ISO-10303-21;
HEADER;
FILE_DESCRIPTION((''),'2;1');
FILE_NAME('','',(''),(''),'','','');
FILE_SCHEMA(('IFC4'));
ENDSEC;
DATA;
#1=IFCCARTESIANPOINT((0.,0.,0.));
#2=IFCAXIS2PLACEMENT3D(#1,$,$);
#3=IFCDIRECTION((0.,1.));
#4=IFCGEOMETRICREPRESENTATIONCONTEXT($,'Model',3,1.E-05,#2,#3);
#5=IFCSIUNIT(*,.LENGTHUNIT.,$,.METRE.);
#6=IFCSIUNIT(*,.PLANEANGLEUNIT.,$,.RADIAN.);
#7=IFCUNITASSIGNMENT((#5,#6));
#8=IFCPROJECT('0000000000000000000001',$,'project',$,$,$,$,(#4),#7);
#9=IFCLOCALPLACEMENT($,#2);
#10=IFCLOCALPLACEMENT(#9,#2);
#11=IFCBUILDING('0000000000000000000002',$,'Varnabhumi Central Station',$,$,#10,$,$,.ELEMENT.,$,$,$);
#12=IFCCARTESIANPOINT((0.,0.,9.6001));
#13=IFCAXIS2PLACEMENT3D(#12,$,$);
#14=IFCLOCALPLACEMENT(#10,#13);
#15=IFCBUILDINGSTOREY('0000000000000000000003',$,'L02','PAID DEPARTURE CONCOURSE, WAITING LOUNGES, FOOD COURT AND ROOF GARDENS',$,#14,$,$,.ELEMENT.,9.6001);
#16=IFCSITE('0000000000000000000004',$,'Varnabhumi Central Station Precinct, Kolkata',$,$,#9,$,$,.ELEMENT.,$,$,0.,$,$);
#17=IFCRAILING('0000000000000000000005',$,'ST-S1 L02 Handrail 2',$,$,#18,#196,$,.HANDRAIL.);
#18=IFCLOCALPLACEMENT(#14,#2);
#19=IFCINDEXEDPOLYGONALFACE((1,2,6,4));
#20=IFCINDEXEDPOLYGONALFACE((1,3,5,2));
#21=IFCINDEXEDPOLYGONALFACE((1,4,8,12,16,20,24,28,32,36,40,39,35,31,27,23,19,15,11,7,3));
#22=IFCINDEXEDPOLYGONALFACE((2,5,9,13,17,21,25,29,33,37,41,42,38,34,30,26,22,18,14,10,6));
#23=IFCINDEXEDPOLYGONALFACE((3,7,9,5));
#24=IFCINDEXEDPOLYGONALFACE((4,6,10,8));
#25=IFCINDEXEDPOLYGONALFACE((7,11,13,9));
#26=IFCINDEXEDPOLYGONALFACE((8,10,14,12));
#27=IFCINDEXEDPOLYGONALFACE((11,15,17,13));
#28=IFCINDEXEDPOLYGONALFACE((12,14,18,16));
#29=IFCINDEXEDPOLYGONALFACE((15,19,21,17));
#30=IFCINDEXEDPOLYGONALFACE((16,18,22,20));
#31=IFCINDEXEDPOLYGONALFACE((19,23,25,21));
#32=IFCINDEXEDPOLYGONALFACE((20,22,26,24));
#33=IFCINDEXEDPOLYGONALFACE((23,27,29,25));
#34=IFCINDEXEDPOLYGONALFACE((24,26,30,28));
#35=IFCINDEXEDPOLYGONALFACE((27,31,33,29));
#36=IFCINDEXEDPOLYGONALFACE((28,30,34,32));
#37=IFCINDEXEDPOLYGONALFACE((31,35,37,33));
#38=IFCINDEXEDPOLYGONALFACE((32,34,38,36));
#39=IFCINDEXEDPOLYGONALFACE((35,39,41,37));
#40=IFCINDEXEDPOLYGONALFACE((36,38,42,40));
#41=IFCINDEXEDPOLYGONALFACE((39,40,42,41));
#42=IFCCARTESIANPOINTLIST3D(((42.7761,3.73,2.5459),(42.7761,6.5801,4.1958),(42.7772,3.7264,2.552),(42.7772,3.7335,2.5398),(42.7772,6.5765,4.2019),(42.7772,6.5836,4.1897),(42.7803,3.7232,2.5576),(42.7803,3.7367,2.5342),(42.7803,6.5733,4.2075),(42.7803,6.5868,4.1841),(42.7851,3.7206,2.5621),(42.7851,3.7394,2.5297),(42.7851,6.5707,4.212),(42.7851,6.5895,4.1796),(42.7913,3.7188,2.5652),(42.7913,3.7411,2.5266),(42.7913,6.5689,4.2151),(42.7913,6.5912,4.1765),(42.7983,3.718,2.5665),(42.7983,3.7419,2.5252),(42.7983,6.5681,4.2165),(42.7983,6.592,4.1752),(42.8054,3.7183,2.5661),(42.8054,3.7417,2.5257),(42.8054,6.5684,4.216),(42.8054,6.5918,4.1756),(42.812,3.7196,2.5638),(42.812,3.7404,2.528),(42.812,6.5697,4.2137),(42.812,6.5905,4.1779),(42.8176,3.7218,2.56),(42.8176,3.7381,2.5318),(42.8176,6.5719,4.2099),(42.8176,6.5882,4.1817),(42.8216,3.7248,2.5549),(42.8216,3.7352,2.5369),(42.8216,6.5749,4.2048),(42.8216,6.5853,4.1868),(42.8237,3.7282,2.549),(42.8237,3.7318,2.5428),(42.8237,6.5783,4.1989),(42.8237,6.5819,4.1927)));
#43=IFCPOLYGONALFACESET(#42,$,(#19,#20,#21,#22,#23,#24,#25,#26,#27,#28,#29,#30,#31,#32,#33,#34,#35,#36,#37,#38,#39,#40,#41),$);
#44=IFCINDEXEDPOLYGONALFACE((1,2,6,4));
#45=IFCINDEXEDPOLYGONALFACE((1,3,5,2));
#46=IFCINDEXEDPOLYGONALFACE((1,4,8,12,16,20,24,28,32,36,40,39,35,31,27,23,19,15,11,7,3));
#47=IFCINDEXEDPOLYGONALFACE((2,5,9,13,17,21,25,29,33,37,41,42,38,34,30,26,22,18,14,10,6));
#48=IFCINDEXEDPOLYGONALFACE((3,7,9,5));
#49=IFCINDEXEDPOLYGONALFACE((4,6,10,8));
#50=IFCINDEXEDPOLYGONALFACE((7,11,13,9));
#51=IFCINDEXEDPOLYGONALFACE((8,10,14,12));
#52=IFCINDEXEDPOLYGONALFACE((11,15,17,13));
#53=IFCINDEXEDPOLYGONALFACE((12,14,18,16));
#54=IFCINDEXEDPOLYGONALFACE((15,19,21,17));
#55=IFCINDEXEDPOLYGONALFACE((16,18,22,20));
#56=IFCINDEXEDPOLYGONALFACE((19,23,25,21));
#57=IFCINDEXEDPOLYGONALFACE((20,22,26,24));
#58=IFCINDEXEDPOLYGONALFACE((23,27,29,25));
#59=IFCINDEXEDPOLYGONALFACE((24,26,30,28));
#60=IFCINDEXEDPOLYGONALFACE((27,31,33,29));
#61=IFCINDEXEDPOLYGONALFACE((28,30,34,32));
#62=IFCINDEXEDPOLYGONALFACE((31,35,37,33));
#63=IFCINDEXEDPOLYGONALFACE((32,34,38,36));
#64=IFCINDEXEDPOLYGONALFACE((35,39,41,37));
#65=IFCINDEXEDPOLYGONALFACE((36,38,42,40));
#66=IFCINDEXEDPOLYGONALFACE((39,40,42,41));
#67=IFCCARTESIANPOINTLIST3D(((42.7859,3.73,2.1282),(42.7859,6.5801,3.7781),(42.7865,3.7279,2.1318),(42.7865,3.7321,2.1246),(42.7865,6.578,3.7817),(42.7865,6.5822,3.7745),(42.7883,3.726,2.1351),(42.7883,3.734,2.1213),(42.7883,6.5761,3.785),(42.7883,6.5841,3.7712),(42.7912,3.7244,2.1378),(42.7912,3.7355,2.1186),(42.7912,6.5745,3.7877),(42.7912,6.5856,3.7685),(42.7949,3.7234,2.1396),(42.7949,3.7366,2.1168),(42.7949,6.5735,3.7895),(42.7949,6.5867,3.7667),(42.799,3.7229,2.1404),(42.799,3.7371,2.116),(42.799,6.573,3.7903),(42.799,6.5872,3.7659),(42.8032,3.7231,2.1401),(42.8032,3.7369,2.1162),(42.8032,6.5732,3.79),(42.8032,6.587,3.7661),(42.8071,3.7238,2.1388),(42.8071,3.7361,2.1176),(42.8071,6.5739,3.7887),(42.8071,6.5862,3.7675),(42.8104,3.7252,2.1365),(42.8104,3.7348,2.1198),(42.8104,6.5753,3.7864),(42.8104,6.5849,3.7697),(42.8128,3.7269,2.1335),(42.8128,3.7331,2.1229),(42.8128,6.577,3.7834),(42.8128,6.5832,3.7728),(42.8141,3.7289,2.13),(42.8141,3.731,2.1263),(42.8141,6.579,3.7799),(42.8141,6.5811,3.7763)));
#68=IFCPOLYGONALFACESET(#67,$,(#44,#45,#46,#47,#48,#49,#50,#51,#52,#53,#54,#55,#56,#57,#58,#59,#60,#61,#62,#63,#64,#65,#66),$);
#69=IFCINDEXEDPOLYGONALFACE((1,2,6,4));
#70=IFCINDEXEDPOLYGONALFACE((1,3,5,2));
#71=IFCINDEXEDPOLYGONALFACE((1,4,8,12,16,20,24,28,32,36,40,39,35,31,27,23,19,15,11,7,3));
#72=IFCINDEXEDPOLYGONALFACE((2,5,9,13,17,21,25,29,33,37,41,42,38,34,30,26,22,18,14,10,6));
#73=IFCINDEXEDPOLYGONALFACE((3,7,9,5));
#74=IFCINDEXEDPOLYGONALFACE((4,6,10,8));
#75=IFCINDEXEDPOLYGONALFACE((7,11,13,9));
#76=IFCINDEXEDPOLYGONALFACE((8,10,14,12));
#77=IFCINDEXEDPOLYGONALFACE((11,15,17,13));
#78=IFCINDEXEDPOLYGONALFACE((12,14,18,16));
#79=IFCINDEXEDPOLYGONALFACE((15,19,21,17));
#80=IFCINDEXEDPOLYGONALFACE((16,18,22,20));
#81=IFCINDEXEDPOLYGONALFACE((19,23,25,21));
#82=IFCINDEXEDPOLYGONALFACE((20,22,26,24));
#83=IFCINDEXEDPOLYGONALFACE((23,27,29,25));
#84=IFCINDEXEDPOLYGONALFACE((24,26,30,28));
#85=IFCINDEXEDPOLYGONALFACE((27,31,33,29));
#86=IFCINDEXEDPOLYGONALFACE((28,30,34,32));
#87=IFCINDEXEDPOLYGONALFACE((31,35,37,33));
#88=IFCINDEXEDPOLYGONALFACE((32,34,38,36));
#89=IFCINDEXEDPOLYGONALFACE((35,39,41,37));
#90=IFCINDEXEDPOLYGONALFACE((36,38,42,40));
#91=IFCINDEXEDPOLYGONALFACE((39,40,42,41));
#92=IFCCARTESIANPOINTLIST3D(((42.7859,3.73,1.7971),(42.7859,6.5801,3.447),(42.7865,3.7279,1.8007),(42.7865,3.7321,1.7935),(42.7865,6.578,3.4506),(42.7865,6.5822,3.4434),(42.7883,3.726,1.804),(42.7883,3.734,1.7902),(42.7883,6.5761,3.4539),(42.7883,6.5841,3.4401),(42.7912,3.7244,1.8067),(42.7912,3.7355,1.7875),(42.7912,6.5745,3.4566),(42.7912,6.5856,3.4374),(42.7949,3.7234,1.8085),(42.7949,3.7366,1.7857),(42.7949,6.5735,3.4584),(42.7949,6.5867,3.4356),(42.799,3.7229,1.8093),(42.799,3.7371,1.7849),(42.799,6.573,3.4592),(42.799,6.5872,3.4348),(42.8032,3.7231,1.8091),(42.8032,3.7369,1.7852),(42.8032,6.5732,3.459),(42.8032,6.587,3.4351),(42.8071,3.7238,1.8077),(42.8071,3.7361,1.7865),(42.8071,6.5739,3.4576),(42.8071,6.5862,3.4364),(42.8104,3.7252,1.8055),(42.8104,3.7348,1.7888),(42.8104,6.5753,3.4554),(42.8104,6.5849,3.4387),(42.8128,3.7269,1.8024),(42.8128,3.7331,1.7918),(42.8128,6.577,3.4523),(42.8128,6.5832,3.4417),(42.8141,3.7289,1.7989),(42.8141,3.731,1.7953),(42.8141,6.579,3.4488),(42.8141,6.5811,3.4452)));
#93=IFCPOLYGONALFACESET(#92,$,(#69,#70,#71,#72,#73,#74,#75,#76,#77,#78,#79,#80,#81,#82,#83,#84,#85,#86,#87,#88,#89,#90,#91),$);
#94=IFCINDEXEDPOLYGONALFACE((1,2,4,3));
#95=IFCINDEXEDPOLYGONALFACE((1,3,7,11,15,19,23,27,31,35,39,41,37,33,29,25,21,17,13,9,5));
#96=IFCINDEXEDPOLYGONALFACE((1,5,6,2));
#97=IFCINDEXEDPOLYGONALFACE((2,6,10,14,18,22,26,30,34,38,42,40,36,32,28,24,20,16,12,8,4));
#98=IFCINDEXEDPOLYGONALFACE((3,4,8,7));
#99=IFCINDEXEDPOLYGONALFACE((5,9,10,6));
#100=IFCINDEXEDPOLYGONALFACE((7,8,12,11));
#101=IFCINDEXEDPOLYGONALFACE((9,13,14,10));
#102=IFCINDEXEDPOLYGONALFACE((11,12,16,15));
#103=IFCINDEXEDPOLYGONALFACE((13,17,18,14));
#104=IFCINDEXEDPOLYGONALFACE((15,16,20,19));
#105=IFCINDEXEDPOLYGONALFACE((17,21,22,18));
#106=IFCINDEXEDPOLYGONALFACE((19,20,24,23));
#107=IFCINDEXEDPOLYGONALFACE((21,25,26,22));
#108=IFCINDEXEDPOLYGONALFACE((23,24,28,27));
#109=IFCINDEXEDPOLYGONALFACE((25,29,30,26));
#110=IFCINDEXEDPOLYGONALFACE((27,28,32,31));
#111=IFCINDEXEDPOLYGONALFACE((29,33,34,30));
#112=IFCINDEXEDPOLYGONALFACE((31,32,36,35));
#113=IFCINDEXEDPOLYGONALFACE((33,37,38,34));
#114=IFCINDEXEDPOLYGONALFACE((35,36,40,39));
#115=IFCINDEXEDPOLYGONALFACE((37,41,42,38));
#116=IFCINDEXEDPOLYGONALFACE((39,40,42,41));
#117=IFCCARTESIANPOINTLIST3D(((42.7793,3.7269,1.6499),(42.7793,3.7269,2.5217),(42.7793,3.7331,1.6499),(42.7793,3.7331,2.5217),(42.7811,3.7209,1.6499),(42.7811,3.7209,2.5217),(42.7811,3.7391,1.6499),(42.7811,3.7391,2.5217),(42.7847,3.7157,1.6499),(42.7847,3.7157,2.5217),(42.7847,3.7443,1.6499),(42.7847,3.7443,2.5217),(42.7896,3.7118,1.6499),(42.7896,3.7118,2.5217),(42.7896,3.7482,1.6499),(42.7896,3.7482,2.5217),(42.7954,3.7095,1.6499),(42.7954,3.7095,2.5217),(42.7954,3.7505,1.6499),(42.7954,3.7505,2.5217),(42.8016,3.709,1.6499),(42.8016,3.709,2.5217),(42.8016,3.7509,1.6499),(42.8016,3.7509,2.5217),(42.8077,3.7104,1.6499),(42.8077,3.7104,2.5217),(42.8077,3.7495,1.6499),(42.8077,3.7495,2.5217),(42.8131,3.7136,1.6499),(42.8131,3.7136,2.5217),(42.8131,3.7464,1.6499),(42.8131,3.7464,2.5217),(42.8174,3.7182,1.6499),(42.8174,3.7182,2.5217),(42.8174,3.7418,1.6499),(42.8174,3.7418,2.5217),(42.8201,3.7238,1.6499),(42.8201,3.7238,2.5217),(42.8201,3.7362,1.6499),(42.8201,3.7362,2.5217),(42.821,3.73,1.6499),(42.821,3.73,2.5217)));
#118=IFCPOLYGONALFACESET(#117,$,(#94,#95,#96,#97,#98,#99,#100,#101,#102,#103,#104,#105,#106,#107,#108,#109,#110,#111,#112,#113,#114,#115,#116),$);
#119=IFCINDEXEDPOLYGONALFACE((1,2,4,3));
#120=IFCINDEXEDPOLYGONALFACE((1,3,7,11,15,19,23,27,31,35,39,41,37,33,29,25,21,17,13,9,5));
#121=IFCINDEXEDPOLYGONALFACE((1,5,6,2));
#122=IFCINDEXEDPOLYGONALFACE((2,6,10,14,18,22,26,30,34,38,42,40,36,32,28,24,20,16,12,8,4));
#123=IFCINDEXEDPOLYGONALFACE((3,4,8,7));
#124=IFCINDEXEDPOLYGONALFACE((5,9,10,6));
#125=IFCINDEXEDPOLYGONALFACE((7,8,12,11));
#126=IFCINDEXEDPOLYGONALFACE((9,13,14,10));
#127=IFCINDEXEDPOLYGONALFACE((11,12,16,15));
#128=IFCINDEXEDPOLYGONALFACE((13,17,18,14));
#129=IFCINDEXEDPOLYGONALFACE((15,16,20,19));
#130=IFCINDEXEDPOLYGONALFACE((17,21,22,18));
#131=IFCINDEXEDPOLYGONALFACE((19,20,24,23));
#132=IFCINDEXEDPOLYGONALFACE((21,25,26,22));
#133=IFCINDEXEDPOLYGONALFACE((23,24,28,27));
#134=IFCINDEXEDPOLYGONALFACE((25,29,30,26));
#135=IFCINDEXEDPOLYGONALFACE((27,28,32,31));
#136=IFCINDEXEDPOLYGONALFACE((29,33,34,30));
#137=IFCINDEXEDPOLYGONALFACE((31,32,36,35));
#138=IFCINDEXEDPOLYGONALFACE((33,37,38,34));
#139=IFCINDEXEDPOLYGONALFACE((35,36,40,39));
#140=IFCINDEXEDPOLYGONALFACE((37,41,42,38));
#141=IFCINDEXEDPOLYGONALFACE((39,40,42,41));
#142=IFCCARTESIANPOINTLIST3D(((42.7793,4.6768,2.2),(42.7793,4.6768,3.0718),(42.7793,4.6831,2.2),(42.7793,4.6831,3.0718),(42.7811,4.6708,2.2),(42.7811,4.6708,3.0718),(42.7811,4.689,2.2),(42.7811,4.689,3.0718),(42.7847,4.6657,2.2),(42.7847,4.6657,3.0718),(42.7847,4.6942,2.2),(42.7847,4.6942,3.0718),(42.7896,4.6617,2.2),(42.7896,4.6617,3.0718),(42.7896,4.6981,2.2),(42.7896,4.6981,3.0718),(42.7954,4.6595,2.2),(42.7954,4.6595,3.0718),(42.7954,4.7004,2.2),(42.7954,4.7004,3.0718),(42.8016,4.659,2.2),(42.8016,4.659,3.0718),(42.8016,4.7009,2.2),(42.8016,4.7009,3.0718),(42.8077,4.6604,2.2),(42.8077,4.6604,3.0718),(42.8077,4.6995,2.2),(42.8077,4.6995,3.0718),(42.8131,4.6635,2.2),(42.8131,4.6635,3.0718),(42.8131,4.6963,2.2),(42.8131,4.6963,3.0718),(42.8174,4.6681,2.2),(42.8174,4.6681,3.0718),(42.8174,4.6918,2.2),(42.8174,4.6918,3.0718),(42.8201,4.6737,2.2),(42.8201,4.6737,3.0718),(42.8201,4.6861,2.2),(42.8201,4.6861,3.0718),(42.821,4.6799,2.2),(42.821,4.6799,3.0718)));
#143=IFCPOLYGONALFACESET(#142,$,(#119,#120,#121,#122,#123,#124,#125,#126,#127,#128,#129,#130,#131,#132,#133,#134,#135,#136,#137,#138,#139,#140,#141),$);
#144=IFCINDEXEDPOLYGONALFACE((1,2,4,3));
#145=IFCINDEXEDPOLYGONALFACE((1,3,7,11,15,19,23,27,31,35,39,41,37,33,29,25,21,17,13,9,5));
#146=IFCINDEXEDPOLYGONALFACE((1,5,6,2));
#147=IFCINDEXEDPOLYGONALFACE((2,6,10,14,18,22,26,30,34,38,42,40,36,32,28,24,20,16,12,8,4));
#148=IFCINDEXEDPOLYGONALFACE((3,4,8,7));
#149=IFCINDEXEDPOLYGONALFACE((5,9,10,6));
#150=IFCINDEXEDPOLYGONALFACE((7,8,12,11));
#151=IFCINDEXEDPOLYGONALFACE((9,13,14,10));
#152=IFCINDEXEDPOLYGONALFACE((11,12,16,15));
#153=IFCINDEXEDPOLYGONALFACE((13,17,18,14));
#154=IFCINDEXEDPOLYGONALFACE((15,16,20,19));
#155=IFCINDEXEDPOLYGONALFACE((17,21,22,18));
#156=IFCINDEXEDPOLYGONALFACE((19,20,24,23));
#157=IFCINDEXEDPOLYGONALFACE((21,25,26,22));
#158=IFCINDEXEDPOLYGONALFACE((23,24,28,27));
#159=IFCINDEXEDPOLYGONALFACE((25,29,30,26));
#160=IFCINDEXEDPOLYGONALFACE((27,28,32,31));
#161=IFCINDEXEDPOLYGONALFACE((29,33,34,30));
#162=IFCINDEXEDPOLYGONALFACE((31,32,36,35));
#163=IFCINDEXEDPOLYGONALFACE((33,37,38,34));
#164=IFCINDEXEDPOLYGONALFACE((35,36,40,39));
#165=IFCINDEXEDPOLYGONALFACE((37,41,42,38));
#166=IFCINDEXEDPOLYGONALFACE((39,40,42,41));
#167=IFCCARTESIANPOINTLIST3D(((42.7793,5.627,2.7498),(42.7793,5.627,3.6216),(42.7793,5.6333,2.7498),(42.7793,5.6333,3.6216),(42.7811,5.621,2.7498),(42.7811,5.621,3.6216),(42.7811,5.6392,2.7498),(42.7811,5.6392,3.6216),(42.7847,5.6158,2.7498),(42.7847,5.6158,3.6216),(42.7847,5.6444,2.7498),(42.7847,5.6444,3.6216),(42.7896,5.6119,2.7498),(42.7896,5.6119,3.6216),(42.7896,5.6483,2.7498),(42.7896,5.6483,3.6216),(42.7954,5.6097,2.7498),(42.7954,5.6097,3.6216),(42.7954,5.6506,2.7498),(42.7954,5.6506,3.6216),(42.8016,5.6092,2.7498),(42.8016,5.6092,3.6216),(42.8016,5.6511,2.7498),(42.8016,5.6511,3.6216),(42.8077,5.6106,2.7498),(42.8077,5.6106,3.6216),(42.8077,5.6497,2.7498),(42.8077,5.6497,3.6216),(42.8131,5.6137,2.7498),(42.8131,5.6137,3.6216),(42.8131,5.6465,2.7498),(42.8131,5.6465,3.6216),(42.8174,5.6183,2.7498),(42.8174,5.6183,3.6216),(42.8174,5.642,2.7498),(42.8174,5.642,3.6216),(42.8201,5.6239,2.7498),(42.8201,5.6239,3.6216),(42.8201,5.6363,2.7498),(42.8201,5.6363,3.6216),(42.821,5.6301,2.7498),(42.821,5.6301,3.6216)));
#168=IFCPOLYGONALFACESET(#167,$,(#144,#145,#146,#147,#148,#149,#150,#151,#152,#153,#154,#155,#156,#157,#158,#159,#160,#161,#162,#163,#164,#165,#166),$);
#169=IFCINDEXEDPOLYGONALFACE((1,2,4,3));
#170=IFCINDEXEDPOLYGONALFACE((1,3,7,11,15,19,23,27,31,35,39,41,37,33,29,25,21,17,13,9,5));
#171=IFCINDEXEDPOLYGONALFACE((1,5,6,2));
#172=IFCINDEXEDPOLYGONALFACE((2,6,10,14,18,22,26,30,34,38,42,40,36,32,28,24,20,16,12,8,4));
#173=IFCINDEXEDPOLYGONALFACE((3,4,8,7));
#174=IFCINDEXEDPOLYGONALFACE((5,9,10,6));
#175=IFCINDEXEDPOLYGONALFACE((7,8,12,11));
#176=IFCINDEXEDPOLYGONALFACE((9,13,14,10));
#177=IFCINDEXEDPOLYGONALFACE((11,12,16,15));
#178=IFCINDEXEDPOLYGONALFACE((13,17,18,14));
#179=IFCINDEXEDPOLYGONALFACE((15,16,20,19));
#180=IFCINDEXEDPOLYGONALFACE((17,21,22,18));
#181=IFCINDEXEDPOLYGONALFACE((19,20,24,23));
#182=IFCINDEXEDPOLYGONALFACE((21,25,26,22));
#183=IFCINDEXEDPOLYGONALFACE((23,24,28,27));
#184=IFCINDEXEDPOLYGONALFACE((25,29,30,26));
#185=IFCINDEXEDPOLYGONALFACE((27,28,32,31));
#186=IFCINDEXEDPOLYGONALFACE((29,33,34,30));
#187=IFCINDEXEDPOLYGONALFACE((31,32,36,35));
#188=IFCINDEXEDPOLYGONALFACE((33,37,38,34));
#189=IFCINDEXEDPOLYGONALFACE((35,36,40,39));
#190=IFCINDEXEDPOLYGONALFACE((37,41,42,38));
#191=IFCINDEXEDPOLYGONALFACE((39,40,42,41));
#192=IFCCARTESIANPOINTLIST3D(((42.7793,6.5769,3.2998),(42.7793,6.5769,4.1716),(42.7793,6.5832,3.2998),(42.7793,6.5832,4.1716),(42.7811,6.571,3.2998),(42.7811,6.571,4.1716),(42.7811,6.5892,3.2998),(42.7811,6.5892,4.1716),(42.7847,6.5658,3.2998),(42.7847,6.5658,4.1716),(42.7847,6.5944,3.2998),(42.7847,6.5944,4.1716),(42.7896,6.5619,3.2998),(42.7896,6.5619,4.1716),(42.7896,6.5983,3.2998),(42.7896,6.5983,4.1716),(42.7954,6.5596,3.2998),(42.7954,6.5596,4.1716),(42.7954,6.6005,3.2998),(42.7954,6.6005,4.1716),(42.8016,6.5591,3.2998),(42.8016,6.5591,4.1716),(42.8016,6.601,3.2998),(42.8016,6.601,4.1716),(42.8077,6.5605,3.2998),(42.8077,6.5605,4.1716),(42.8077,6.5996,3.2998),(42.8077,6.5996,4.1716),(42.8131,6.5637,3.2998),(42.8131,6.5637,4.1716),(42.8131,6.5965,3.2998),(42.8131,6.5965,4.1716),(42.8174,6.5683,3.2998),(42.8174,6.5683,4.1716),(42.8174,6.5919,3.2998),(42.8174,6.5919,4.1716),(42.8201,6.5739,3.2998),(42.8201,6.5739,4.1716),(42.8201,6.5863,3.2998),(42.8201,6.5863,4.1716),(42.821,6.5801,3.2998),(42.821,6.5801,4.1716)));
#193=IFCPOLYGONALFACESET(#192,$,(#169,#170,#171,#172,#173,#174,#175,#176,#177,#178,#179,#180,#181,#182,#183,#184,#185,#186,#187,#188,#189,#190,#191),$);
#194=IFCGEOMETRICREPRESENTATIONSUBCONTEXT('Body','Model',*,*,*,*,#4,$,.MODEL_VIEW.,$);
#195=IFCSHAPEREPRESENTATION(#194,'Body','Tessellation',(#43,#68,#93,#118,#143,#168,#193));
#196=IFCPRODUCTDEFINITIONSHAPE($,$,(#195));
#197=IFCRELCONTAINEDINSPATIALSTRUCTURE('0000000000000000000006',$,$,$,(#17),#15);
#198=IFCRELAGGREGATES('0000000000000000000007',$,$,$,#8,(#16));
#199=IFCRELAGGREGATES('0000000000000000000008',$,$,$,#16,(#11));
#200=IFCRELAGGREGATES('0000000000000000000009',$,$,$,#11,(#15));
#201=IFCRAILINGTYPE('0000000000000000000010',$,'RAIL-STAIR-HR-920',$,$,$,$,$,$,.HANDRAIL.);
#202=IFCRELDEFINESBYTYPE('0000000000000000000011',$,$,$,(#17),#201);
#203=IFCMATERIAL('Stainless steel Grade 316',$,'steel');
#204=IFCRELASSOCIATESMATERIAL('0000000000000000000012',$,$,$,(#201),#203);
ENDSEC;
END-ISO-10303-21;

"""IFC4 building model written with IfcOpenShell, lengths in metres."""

from ifc_helpers import new_model, si_unit, direction, frame, origin, origin_2d, place, context, subcontext, project, spatial, circle, extrude, material, type_object, element, save


model = new_model("IFC4")

# Units and contexts
model_context = context("Model", 3, precision=1e-05, world=origin(), true_north=direction((0.0, 1.0)))
body_context = subcontext(model_context, "Body", "Model", "MODEL_VIEW")
ifc_project = project(units=[si_unit("LENGTHUNIT", "METRE"), si_unit("PLANEANGLEUNIT", "RADIAN")], contexts=[model_context])

# Site, building, storey
site_placement = place(None, origin())
site = spatial("IfcSite", under=ifc_project, at=site_placement, Name="Varnabhumi Central Station Precinct, Kolkata", CompositionType="ELEMENT", RefElevation=0.0)
building_placement = place(site_placement, origin())
building = spatial("IfcBuilding", under=site, at=building_placement, Name="Varnabhumi Central Station", CompositionType="ELEMENT")
storey_placement = place(building_placement, frame((0.0, 0.0, 9.6001)))
storey = spatial("IfcBuildingStorey", under=building, at=storey_placement, Name="L02", Description="PAID DEPARTURE CONCOURSE, WAITING LOUNGES, FOOD COURT AND ROOF GARDENS", CompositionType="ELEMENT", Elevation=9.6001)

# Shared definitions
ifc_material_1 = material(Name="Stainless steel Grade 316", Category="steel")

# Railing
railing_type = type_object("IfcRailingType", Name="RAIL-STAIR-HR-920", PredefinedType="HANDRAIL", material=ifc_material_1)
for number, where, name in (
    (1, (42.8, 3.73, 1.6499), "ST-S1 L02 Handrail 2"),
):
    element("IfcRailing", number, at=place(storey_placement, frame(where)), inside=storey, type_object=railing_type, Name=name, PredefinedType="HANDRAIL", context=body_context, shape_type="SweptSolid", body=[
        extrude(circle(Radius=0.0239, at=origin_2d()), frame((0.0, 0.0, 0.896), z_axis=(0.0, 0.865447, 0.501001), x_axis=(-1.0, 0.0, 0.0)), (0.0, 0.0, 1.0), 3.2932),
        extrude(circle(Radius=0.0142, at=origin_2d()), frame((0.0, 0.0, 0.4783), z_axis=(0.0, 0.865447, 0.501001), x_axis=(-1.0, 0.0, 0.0)), (0.0, 0.0, 1.0), 3.2932),
        extrude(circle(Radius=0.0142, at=origin_2d()), frame((0.0, 0.0, 0.1472), z_axis=(0.0, 0.865447, 0.501001), x_axis=(-1.0, 0.0, 0.0)), (0.0, 0.0, 1.0), 3.2932),
        extrude(circle(Radius=0.021, at=origin_2d()), origin(), (0.0, 0.0, 1.0), 0.8718),
        extrude(circle(Radius=0.021, at=origin_2d()), frame((0.0, 0.95, 0.55)), (0.0, 0.0, 1.0), 0.8718),
        extrude(circle(Radius=0.021, at=origin_2d()), frame((0.0, 1.9001, 1.0999)), (0.0, 0.0, 1.0), 0.8718),
        extrude(circle(Radius=0.021, at=origin_2d()), frame((0.0, 2.8501, 1.6499)), (0.0, 0.0, 1.0), 0.8718),
    ])

save(model, "model.ifc")
